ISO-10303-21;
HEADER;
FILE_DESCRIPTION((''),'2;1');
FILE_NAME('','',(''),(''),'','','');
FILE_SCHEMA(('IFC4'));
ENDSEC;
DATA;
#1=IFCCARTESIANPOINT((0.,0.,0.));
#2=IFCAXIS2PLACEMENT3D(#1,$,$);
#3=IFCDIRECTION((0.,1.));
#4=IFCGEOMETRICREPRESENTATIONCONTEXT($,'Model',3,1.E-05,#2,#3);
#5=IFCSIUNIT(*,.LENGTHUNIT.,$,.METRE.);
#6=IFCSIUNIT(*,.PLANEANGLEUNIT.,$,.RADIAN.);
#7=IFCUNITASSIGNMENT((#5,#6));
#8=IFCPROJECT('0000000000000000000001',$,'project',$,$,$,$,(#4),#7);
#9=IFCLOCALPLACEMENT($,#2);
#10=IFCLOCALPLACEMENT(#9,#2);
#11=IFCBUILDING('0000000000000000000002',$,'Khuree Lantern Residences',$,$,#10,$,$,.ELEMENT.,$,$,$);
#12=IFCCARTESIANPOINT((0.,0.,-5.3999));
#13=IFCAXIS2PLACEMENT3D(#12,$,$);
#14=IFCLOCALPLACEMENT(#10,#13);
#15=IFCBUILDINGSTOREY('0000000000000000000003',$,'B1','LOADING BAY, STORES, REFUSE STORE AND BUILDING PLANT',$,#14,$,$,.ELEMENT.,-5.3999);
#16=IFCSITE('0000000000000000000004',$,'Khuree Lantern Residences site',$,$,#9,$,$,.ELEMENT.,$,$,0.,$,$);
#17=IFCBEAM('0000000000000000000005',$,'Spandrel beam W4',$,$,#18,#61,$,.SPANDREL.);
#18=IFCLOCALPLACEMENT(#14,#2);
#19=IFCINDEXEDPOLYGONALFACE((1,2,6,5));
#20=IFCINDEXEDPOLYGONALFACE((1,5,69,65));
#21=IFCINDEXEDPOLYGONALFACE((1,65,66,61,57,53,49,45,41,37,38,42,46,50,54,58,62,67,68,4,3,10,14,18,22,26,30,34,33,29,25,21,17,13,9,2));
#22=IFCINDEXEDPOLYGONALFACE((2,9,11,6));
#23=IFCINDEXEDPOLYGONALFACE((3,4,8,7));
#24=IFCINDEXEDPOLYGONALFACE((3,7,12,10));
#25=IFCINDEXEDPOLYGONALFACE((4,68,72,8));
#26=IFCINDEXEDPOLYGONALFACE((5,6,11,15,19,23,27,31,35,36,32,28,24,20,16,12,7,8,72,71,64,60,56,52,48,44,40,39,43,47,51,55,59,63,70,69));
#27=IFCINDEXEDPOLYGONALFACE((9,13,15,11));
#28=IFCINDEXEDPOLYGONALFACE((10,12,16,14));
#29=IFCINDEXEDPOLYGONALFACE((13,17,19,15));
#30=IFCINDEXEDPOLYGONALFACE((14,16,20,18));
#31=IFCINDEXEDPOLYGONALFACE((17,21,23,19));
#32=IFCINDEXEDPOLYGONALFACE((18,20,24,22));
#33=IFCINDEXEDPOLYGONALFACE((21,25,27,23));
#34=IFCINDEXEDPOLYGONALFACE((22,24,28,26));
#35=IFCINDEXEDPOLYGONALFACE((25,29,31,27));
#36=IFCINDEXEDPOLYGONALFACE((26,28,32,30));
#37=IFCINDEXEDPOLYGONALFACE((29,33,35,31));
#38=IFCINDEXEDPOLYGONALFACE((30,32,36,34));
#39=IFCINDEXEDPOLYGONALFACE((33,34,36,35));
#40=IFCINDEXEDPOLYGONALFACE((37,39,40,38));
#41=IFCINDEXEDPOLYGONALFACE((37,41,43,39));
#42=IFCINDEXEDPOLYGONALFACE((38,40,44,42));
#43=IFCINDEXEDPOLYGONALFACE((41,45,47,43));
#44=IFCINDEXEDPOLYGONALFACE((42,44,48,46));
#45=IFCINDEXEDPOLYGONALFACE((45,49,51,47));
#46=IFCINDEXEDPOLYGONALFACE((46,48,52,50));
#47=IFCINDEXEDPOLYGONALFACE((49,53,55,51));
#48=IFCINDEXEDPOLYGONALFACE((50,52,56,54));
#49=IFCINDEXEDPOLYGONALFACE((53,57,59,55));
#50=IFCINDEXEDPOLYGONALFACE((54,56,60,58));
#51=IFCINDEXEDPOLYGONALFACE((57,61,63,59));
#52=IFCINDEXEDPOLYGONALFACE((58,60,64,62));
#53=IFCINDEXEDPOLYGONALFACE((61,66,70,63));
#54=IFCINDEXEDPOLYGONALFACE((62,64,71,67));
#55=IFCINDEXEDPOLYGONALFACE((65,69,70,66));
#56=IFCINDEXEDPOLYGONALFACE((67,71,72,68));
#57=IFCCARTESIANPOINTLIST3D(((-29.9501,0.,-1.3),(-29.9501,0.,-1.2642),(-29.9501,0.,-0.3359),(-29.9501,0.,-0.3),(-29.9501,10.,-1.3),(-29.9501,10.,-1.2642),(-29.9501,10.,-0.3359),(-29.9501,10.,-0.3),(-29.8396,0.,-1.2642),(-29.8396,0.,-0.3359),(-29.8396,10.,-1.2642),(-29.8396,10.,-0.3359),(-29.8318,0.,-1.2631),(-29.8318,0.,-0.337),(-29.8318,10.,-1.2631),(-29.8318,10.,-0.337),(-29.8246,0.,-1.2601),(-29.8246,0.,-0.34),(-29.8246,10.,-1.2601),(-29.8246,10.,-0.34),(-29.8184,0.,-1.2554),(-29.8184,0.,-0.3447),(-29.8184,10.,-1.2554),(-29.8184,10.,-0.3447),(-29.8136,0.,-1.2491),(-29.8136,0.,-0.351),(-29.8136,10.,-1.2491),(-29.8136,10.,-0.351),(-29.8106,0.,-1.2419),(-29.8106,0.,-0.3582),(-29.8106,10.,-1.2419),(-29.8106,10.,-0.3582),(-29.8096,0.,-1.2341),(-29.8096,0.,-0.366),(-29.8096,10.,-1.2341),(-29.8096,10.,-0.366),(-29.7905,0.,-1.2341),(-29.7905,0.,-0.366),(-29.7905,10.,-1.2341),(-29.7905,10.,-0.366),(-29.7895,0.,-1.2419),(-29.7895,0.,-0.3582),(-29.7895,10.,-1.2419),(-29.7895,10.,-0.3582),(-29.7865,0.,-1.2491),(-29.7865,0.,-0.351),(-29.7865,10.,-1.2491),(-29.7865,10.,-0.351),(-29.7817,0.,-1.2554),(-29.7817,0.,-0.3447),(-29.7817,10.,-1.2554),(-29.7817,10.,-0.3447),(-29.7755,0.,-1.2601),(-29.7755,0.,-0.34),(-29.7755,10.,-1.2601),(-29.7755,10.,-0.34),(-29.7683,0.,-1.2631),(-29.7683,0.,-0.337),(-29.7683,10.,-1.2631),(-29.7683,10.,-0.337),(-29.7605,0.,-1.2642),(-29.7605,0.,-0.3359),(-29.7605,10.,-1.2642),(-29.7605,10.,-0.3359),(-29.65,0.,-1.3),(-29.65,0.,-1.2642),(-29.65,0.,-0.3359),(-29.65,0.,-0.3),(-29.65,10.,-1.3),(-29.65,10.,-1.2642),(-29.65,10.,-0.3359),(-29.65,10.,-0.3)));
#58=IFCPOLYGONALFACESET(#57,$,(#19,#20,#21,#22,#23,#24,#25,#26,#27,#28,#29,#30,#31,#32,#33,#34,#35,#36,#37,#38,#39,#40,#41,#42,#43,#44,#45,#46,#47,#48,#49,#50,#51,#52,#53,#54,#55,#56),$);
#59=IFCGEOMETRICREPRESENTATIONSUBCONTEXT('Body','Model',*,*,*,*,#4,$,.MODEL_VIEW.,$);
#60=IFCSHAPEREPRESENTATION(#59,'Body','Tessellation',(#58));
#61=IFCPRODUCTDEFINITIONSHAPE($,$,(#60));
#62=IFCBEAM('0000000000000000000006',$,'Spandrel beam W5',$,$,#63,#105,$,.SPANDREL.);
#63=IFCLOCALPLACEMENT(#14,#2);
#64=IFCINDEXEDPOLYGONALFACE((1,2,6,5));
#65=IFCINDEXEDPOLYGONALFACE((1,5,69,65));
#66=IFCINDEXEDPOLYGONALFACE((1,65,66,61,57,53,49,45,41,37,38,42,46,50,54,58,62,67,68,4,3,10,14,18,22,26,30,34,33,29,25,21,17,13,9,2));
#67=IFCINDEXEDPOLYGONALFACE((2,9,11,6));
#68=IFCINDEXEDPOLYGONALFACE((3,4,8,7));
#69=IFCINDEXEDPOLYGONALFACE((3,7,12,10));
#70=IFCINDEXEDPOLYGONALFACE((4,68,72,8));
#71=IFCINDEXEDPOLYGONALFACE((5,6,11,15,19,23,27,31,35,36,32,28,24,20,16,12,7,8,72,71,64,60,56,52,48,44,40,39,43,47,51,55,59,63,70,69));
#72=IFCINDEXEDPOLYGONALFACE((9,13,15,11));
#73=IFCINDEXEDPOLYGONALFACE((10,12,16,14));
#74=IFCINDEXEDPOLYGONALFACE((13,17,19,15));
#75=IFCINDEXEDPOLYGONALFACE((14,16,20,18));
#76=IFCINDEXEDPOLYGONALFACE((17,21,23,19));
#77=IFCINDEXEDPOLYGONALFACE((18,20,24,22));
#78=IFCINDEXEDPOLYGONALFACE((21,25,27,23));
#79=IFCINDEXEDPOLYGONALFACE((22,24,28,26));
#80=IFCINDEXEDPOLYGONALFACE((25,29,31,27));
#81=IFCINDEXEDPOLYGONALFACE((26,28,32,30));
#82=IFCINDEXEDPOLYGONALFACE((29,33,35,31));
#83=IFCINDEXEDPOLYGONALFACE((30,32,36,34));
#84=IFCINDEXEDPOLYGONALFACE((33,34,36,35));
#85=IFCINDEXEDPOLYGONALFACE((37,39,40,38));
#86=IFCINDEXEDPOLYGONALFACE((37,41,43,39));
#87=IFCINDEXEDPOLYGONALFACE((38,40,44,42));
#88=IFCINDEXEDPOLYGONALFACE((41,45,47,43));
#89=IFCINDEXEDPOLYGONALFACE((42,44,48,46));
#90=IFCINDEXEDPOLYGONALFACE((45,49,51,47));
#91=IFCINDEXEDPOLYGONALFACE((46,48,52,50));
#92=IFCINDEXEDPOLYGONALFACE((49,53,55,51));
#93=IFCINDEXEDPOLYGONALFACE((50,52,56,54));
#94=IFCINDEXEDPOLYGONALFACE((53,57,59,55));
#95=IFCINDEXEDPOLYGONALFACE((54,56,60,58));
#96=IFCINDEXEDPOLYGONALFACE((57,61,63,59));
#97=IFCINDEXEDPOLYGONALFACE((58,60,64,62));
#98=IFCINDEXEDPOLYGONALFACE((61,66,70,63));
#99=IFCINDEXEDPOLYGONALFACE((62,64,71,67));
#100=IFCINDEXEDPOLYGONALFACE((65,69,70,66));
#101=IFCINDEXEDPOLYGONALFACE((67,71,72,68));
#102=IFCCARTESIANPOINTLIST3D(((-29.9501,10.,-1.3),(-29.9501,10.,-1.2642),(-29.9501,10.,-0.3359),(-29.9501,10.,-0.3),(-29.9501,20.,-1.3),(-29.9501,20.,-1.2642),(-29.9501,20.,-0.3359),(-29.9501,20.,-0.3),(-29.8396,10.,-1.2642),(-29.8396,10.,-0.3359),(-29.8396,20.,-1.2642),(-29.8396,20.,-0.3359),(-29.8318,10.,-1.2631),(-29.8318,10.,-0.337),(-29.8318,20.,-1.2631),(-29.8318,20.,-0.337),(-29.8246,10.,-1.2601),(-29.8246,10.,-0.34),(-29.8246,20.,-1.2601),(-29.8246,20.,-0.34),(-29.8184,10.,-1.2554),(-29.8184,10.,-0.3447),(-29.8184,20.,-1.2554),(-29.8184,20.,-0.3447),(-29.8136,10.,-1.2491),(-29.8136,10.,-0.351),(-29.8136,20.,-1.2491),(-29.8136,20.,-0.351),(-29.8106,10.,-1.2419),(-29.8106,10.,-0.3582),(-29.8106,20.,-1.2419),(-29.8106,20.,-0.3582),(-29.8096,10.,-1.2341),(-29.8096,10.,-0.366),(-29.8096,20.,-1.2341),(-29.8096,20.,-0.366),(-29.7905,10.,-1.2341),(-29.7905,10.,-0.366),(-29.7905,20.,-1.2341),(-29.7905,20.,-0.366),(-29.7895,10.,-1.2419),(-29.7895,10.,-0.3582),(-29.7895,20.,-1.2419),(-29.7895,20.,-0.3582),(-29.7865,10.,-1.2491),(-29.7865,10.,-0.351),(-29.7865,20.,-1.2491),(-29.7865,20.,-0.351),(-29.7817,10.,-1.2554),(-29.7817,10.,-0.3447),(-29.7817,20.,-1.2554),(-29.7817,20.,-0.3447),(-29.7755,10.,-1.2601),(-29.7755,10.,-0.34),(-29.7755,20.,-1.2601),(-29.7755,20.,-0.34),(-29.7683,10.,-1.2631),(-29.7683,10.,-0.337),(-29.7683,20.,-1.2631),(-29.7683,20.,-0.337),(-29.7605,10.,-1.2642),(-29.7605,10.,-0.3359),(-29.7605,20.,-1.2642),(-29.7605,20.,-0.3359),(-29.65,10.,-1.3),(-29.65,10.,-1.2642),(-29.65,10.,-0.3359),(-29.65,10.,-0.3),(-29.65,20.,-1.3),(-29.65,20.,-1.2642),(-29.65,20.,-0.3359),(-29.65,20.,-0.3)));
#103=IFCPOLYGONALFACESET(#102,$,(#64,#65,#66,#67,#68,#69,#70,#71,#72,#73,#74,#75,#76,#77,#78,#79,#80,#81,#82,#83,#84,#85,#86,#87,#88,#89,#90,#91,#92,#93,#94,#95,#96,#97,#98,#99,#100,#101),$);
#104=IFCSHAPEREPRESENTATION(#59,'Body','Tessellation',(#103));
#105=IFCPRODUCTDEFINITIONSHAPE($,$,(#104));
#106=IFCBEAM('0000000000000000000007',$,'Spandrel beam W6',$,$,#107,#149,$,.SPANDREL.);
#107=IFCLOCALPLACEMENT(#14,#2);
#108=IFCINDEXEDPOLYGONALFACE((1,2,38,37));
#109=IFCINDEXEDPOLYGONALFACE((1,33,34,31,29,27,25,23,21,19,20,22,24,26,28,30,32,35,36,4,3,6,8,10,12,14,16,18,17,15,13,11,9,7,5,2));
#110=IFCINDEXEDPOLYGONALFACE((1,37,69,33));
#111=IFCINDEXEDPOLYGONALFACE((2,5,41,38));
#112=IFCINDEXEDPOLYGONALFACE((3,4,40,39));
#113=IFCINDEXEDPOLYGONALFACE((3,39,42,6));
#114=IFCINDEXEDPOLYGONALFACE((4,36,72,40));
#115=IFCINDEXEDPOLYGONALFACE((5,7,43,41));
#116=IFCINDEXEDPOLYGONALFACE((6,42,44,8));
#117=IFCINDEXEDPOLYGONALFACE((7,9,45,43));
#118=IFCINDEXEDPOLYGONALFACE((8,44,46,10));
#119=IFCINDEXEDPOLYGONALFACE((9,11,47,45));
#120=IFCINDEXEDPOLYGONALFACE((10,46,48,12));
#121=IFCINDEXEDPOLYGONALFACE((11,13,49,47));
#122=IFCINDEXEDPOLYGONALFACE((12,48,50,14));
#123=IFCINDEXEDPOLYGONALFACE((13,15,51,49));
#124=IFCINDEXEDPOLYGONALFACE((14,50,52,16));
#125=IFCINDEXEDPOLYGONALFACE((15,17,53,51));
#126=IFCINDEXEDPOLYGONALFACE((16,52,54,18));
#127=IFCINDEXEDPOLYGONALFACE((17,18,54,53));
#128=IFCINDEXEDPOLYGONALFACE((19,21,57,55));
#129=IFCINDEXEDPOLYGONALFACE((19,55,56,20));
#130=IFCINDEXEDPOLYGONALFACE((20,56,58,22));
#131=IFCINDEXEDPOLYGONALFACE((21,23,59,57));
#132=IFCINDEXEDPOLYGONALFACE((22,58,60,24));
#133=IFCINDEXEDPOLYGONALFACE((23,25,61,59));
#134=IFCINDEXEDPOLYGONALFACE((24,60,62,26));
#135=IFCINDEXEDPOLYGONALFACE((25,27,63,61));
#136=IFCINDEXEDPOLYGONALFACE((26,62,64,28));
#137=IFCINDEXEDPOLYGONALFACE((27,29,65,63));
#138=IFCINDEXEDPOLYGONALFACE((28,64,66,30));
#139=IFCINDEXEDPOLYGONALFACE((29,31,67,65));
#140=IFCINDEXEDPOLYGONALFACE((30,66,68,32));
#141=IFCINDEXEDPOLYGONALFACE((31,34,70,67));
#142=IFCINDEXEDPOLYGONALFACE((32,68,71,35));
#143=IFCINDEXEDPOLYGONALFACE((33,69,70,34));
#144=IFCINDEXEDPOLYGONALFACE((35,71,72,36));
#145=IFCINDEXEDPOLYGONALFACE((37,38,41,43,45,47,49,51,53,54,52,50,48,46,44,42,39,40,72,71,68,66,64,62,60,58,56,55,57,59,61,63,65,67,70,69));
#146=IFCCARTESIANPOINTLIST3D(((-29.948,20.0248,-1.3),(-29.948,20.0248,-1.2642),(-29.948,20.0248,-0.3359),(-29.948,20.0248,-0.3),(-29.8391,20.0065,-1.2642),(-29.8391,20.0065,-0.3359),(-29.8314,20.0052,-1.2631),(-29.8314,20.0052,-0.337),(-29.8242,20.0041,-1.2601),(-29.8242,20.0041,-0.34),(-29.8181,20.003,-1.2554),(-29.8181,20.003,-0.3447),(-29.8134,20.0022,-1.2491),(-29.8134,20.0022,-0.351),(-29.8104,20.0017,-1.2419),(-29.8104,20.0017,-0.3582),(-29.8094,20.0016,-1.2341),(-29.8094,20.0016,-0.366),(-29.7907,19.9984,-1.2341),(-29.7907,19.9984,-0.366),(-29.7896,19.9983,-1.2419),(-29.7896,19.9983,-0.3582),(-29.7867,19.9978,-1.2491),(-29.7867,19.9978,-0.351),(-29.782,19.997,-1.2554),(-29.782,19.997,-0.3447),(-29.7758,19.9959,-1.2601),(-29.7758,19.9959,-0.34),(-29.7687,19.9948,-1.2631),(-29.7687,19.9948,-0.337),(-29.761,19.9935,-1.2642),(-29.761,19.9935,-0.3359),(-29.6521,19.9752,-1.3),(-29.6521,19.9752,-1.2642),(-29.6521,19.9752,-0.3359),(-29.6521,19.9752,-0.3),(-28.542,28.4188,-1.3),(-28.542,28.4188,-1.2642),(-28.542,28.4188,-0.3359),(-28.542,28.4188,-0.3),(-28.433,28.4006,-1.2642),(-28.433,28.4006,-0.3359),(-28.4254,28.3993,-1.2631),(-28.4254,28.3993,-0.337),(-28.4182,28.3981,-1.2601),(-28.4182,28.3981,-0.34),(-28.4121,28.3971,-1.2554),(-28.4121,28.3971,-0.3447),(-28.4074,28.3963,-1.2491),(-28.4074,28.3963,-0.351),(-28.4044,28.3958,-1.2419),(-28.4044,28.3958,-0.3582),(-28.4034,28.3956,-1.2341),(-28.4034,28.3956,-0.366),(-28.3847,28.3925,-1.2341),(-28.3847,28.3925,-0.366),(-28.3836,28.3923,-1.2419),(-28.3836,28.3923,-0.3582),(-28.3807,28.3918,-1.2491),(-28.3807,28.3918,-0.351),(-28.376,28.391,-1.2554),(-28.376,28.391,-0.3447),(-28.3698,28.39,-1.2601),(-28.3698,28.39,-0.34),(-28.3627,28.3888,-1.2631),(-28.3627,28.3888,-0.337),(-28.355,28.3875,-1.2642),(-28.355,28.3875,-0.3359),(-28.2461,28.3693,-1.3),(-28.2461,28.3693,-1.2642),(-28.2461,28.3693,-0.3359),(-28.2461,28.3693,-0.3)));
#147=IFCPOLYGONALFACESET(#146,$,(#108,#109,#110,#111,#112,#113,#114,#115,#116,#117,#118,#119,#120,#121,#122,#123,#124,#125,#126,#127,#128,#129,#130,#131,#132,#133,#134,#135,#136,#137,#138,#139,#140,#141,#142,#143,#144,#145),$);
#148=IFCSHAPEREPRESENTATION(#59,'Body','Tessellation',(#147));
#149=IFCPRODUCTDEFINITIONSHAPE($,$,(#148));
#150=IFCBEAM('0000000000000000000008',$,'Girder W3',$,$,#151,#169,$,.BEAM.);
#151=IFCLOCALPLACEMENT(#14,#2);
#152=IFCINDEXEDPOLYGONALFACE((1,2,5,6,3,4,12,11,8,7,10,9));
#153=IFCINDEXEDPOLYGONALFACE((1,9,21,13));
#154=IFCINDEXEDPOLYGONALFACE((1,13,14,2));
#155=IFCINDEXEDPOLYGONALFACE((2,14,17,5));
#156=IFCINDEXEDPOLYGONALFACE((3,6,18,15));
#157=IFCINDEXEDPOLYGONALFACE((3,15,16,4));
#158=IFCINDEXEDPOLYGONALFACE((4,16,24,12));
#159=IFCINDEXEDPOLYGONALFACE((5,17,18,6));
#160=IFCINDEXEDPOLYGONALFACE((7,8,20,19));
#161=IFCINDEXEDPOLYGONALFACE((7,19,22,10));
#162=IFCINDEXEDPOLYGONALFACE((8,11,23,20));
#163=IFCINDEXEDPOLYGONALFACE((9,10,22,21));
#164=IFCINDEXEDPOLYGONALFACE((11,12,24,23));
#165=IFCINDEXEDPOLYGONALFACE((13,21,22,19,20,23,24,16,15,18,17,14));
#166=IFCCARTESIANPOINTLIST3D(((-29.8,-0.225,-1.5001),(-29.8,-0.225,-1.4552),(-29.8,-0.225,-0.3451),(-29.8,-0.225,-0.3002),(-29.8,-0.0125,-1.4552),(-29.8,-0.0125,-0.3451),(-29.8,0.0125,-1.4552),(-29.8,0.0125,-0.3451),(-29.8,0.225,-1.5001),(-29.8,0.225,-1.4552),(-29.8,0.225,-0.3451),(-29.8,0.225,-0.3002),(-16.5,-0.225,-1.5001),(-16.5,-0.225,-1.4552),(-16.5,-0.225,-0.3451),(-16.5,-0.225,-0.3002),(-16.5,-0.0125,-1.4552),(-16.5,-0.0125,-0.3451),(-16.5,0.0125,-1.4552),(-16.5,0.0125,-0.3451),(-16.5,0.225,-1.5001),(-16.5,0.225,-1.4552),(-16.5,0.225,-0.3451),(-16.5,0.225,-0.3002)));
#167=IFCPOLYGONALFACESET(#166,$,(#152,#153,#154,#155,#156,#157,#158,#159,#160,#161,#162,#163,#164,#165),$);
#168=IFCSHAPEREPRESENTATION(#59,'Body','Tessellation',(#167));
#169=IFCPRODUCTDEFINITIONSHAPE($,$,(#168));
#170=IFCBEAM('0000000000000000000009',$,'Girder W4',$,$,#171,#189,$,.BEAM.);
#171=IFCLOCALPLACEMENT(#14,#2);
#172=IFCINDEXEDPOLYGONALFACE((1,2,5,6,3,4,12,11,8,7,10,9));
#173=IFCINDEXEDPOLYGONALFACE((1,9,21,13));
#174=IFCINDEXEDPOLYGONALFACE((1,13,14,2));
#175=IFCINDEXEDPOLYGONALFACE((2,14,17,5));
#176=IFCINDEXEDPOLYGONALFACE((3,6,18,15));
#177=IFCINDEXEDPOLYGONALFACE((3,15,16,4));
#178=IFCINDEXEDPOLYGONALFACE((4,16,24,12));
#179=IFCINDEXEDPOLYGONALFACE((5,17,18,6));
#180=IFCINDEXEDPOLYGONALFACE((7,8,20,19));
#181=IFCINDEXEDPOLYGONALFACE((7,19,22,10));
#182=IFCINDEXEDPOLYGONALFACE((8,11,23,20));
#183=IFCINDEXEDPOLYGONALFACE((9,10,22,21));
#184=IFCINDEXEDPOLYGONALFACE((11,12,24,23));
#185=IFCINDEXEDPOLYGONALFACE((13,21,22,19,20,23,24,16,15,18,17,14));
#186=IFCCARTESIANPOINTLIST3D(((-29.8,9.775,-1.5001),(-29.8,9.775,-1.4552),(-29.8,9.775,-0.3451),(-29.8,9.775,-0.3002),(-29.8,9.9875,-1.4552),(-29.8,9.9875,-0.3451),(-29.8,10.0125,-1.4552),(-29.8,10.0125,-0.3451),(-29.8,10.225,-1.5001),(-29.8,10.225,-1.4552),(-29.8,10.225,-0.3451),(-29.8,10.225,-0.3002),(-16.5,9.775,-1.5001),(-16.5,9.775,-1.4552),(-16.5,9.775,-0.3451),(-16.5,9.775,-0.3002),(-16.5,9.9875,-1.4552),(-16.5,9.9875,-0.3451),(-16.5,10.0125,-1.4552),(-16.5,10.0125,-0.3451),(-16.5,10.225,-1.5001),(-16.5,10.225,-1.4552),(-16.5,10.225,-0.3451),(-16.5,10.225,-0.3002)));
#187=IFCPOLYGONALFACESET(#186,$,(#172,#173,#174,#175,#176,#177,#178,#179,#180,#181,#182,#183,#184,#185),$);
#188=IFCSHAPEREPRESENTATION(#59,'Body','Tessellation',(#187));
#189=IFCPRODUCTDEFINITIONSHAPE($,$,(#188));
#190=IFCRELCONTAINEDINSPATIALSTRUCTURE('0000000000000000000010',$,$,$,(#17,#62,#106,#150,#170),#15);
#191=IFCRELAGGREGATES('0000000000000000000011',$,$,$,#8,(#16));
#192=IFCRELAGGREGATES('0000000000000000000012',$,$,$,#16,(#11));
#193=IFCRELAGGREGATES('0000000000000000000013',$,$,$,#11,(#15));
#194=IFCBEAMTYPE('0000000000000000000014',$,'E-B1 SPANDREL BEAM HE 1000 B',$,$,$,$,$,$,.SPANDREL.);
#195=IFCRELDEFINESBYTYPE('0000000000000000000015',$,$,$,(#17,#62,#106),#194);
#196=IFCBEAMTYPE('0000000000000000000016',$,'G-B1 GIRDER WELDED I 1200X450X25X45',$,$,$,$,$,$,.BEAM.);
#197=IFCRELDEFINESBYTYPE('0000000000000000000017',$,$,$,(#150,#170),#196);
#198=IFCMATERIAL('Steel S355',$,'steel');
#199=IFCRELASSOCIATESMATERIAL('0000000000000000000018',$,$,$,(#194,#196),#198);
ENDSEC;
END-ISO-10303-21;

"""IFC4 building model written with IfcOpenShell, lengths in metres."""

from ifc_helpers import new_model, si_unit, direction, frame, origin, origin_2d, place, context, subcontext, project, spatial, i_section, extrude, material, material_profile, profile_set, type_object, element, save


model = new_model("IFC4")

# Units and contexts
model_context = context("Model", 3, precision=1e-05, world=origin(), true_north=direction((0.0, 1.0)))
body_context = subcontext(model_context, "Body", "Model", "MODEL_VIEW")
ifc_project = project(units=[si_unit("LENGTHUNIT", "METRE"), si_unit("PLANEANGLEUNIT", "RADIAN")], contexts=[model_context])

# Site, building, storey
site_placement = place(None, origin())
site = spatial("IfcSite", under=ifc_project, at=site_placement, Name="Khuree Lantern Residences site", CompositionType="ELEMENT", RefElevation=0.0)
building_placement = place(site_placement, origin())
building = spatial("IfcBuilding", under=site, at=building_placement, Name="Khuree Lantern Residences", CompositionType="ELEMENT")
storey_placement = place(building_placement, frame((0.0, 0.0, -5.3999)))
storey = spatial("IfcBuildingStorey", under=building, at=storey_placement, Name="B1", Description="LOADING BAY, STORES, REFUSE STORE AND BUILDING PLANT", CompositionType="ELEMENT", Elevation=-5.3999)

# Beams
ifc_material_1 = material(Name="Steel S355", Category="steel")
ifc_material_profile_1 = material_profile(ifc_material_1, i_section(OverallWidth=0.3, OverallDepth=1.0, WebThickness=0.019, FlangeThickness=0.0359, FilletRadius=0.03, at=origin_2d()), Name="HE 1000 B")
ifc_profile_set_1 = profile_set([ifc_material_profile_1], Name="Steel S355")
beam_type_1 = type_object("IfcBeamType", Name="E-B1 SPANDREL BEAM HE 1000 B", PredefinedType="SPANDREL", material=ifc_profile_set_1)
for number, where, z_axis, x_axis, name in (
    (1, (-29.8, 0.0, -0.8), (0.0, 1.0, 0.0), (-1.0, 0.0, 0.0), "Spandrel beam W4"),
    (2, (-29.8, 10.0, -0.8), (0.0, 1.0, 0.0), (-1.0, 0.0, 0.0), "Spandrel beam W5"),
):
    element("IfcBeam", number, at=place(storey_placement, frame(where, z_axis=z_axis, x_axis=x_axis)), inside=storey, type_object=beam_type_1, Name=name, PredefinedType="SPANDREL", context=body_context, shape_type="SweptSolid", body=[
        extrude(i_section(OverallWidth=0.3, OverallDepth=1.0, WebThickness=0.019, FlangeThickness=0.0359, FilletRadius=0.03, at=origin_2d()), origin(), (0.0, 0.0, 1.0), 10.0),
    ])
beam_1_placement = place(storey_placement, frame((-29.8, 20.0, -0.8), z_axis=(0.165199, 0.98626, 0.0), x_axis=(-0.98626, 0.165199, 0.0)))
element("IfcBeam", 3, at=beam_1_placement, inside=storey, type_object=beam_type_1, Name="Spandrel beam W6", PredefinedType="SPANDREL", context=body_context, shape_type="SweptSolid", body=[
    extrude(i_section(OverallWidth=0.3, OverallDepth=1.0, WebThickness=0.019, FlangeThickness=0.0359, FilletRadius=0.03, at=origin_2d()), origin(), (0.0, 0.0, 1.0), 8.511),
])
ifc_material_profile_2 = material_profile(ifc_material_1, i_section(OverallWidth=0.45, OverallDepth=1.2, WebThickness=0.0249, FlangeThickness=0.0449, at=origin_2d()), Name="WELDED I 1200X450X25X45")
ifc_profile_set_2 = profile_set([ifc_material_profile_2], Name="Steel S355")
beam_type_2 = type_object("IfcBeamType", Name="G-B1 GIRDER WELDED I 1200X450X25X45", PredefinedType="BEAM", material=ifc_profile_set_2)
for number, where, z_axis, x_axis, name in (
    (4, (-29.8, 0.0, -0.9001), (1.0, 0.0, 0.0), (0.0, 1.0, 0.0), "Girder W3"),
    (5, (-29.8, 10.0, -0.9001), (1.0, 0.0, 0.0), (0.0, 1.0, 0.0), "Girder W4"),
):
    element("IfcBeam", number, at=place(storey_placement, frame(where, z_axis=z_axis, x_axis=x_axis)), inside=storey, type_object=beam_type_2, Name=name, PredefinedType="BEAM", context=body_context, shape_type="SweptSolid", body=[
        extrude(i_section(OverallWidth=0.45, OverallDepth=1.2, WebThickness=0.0249, FlangeThickness=0.0449, at=origin_2d()), origin(), (0.0, 0.0, 1.0), 13.3),
    ])

save(model, "model.ifc")
